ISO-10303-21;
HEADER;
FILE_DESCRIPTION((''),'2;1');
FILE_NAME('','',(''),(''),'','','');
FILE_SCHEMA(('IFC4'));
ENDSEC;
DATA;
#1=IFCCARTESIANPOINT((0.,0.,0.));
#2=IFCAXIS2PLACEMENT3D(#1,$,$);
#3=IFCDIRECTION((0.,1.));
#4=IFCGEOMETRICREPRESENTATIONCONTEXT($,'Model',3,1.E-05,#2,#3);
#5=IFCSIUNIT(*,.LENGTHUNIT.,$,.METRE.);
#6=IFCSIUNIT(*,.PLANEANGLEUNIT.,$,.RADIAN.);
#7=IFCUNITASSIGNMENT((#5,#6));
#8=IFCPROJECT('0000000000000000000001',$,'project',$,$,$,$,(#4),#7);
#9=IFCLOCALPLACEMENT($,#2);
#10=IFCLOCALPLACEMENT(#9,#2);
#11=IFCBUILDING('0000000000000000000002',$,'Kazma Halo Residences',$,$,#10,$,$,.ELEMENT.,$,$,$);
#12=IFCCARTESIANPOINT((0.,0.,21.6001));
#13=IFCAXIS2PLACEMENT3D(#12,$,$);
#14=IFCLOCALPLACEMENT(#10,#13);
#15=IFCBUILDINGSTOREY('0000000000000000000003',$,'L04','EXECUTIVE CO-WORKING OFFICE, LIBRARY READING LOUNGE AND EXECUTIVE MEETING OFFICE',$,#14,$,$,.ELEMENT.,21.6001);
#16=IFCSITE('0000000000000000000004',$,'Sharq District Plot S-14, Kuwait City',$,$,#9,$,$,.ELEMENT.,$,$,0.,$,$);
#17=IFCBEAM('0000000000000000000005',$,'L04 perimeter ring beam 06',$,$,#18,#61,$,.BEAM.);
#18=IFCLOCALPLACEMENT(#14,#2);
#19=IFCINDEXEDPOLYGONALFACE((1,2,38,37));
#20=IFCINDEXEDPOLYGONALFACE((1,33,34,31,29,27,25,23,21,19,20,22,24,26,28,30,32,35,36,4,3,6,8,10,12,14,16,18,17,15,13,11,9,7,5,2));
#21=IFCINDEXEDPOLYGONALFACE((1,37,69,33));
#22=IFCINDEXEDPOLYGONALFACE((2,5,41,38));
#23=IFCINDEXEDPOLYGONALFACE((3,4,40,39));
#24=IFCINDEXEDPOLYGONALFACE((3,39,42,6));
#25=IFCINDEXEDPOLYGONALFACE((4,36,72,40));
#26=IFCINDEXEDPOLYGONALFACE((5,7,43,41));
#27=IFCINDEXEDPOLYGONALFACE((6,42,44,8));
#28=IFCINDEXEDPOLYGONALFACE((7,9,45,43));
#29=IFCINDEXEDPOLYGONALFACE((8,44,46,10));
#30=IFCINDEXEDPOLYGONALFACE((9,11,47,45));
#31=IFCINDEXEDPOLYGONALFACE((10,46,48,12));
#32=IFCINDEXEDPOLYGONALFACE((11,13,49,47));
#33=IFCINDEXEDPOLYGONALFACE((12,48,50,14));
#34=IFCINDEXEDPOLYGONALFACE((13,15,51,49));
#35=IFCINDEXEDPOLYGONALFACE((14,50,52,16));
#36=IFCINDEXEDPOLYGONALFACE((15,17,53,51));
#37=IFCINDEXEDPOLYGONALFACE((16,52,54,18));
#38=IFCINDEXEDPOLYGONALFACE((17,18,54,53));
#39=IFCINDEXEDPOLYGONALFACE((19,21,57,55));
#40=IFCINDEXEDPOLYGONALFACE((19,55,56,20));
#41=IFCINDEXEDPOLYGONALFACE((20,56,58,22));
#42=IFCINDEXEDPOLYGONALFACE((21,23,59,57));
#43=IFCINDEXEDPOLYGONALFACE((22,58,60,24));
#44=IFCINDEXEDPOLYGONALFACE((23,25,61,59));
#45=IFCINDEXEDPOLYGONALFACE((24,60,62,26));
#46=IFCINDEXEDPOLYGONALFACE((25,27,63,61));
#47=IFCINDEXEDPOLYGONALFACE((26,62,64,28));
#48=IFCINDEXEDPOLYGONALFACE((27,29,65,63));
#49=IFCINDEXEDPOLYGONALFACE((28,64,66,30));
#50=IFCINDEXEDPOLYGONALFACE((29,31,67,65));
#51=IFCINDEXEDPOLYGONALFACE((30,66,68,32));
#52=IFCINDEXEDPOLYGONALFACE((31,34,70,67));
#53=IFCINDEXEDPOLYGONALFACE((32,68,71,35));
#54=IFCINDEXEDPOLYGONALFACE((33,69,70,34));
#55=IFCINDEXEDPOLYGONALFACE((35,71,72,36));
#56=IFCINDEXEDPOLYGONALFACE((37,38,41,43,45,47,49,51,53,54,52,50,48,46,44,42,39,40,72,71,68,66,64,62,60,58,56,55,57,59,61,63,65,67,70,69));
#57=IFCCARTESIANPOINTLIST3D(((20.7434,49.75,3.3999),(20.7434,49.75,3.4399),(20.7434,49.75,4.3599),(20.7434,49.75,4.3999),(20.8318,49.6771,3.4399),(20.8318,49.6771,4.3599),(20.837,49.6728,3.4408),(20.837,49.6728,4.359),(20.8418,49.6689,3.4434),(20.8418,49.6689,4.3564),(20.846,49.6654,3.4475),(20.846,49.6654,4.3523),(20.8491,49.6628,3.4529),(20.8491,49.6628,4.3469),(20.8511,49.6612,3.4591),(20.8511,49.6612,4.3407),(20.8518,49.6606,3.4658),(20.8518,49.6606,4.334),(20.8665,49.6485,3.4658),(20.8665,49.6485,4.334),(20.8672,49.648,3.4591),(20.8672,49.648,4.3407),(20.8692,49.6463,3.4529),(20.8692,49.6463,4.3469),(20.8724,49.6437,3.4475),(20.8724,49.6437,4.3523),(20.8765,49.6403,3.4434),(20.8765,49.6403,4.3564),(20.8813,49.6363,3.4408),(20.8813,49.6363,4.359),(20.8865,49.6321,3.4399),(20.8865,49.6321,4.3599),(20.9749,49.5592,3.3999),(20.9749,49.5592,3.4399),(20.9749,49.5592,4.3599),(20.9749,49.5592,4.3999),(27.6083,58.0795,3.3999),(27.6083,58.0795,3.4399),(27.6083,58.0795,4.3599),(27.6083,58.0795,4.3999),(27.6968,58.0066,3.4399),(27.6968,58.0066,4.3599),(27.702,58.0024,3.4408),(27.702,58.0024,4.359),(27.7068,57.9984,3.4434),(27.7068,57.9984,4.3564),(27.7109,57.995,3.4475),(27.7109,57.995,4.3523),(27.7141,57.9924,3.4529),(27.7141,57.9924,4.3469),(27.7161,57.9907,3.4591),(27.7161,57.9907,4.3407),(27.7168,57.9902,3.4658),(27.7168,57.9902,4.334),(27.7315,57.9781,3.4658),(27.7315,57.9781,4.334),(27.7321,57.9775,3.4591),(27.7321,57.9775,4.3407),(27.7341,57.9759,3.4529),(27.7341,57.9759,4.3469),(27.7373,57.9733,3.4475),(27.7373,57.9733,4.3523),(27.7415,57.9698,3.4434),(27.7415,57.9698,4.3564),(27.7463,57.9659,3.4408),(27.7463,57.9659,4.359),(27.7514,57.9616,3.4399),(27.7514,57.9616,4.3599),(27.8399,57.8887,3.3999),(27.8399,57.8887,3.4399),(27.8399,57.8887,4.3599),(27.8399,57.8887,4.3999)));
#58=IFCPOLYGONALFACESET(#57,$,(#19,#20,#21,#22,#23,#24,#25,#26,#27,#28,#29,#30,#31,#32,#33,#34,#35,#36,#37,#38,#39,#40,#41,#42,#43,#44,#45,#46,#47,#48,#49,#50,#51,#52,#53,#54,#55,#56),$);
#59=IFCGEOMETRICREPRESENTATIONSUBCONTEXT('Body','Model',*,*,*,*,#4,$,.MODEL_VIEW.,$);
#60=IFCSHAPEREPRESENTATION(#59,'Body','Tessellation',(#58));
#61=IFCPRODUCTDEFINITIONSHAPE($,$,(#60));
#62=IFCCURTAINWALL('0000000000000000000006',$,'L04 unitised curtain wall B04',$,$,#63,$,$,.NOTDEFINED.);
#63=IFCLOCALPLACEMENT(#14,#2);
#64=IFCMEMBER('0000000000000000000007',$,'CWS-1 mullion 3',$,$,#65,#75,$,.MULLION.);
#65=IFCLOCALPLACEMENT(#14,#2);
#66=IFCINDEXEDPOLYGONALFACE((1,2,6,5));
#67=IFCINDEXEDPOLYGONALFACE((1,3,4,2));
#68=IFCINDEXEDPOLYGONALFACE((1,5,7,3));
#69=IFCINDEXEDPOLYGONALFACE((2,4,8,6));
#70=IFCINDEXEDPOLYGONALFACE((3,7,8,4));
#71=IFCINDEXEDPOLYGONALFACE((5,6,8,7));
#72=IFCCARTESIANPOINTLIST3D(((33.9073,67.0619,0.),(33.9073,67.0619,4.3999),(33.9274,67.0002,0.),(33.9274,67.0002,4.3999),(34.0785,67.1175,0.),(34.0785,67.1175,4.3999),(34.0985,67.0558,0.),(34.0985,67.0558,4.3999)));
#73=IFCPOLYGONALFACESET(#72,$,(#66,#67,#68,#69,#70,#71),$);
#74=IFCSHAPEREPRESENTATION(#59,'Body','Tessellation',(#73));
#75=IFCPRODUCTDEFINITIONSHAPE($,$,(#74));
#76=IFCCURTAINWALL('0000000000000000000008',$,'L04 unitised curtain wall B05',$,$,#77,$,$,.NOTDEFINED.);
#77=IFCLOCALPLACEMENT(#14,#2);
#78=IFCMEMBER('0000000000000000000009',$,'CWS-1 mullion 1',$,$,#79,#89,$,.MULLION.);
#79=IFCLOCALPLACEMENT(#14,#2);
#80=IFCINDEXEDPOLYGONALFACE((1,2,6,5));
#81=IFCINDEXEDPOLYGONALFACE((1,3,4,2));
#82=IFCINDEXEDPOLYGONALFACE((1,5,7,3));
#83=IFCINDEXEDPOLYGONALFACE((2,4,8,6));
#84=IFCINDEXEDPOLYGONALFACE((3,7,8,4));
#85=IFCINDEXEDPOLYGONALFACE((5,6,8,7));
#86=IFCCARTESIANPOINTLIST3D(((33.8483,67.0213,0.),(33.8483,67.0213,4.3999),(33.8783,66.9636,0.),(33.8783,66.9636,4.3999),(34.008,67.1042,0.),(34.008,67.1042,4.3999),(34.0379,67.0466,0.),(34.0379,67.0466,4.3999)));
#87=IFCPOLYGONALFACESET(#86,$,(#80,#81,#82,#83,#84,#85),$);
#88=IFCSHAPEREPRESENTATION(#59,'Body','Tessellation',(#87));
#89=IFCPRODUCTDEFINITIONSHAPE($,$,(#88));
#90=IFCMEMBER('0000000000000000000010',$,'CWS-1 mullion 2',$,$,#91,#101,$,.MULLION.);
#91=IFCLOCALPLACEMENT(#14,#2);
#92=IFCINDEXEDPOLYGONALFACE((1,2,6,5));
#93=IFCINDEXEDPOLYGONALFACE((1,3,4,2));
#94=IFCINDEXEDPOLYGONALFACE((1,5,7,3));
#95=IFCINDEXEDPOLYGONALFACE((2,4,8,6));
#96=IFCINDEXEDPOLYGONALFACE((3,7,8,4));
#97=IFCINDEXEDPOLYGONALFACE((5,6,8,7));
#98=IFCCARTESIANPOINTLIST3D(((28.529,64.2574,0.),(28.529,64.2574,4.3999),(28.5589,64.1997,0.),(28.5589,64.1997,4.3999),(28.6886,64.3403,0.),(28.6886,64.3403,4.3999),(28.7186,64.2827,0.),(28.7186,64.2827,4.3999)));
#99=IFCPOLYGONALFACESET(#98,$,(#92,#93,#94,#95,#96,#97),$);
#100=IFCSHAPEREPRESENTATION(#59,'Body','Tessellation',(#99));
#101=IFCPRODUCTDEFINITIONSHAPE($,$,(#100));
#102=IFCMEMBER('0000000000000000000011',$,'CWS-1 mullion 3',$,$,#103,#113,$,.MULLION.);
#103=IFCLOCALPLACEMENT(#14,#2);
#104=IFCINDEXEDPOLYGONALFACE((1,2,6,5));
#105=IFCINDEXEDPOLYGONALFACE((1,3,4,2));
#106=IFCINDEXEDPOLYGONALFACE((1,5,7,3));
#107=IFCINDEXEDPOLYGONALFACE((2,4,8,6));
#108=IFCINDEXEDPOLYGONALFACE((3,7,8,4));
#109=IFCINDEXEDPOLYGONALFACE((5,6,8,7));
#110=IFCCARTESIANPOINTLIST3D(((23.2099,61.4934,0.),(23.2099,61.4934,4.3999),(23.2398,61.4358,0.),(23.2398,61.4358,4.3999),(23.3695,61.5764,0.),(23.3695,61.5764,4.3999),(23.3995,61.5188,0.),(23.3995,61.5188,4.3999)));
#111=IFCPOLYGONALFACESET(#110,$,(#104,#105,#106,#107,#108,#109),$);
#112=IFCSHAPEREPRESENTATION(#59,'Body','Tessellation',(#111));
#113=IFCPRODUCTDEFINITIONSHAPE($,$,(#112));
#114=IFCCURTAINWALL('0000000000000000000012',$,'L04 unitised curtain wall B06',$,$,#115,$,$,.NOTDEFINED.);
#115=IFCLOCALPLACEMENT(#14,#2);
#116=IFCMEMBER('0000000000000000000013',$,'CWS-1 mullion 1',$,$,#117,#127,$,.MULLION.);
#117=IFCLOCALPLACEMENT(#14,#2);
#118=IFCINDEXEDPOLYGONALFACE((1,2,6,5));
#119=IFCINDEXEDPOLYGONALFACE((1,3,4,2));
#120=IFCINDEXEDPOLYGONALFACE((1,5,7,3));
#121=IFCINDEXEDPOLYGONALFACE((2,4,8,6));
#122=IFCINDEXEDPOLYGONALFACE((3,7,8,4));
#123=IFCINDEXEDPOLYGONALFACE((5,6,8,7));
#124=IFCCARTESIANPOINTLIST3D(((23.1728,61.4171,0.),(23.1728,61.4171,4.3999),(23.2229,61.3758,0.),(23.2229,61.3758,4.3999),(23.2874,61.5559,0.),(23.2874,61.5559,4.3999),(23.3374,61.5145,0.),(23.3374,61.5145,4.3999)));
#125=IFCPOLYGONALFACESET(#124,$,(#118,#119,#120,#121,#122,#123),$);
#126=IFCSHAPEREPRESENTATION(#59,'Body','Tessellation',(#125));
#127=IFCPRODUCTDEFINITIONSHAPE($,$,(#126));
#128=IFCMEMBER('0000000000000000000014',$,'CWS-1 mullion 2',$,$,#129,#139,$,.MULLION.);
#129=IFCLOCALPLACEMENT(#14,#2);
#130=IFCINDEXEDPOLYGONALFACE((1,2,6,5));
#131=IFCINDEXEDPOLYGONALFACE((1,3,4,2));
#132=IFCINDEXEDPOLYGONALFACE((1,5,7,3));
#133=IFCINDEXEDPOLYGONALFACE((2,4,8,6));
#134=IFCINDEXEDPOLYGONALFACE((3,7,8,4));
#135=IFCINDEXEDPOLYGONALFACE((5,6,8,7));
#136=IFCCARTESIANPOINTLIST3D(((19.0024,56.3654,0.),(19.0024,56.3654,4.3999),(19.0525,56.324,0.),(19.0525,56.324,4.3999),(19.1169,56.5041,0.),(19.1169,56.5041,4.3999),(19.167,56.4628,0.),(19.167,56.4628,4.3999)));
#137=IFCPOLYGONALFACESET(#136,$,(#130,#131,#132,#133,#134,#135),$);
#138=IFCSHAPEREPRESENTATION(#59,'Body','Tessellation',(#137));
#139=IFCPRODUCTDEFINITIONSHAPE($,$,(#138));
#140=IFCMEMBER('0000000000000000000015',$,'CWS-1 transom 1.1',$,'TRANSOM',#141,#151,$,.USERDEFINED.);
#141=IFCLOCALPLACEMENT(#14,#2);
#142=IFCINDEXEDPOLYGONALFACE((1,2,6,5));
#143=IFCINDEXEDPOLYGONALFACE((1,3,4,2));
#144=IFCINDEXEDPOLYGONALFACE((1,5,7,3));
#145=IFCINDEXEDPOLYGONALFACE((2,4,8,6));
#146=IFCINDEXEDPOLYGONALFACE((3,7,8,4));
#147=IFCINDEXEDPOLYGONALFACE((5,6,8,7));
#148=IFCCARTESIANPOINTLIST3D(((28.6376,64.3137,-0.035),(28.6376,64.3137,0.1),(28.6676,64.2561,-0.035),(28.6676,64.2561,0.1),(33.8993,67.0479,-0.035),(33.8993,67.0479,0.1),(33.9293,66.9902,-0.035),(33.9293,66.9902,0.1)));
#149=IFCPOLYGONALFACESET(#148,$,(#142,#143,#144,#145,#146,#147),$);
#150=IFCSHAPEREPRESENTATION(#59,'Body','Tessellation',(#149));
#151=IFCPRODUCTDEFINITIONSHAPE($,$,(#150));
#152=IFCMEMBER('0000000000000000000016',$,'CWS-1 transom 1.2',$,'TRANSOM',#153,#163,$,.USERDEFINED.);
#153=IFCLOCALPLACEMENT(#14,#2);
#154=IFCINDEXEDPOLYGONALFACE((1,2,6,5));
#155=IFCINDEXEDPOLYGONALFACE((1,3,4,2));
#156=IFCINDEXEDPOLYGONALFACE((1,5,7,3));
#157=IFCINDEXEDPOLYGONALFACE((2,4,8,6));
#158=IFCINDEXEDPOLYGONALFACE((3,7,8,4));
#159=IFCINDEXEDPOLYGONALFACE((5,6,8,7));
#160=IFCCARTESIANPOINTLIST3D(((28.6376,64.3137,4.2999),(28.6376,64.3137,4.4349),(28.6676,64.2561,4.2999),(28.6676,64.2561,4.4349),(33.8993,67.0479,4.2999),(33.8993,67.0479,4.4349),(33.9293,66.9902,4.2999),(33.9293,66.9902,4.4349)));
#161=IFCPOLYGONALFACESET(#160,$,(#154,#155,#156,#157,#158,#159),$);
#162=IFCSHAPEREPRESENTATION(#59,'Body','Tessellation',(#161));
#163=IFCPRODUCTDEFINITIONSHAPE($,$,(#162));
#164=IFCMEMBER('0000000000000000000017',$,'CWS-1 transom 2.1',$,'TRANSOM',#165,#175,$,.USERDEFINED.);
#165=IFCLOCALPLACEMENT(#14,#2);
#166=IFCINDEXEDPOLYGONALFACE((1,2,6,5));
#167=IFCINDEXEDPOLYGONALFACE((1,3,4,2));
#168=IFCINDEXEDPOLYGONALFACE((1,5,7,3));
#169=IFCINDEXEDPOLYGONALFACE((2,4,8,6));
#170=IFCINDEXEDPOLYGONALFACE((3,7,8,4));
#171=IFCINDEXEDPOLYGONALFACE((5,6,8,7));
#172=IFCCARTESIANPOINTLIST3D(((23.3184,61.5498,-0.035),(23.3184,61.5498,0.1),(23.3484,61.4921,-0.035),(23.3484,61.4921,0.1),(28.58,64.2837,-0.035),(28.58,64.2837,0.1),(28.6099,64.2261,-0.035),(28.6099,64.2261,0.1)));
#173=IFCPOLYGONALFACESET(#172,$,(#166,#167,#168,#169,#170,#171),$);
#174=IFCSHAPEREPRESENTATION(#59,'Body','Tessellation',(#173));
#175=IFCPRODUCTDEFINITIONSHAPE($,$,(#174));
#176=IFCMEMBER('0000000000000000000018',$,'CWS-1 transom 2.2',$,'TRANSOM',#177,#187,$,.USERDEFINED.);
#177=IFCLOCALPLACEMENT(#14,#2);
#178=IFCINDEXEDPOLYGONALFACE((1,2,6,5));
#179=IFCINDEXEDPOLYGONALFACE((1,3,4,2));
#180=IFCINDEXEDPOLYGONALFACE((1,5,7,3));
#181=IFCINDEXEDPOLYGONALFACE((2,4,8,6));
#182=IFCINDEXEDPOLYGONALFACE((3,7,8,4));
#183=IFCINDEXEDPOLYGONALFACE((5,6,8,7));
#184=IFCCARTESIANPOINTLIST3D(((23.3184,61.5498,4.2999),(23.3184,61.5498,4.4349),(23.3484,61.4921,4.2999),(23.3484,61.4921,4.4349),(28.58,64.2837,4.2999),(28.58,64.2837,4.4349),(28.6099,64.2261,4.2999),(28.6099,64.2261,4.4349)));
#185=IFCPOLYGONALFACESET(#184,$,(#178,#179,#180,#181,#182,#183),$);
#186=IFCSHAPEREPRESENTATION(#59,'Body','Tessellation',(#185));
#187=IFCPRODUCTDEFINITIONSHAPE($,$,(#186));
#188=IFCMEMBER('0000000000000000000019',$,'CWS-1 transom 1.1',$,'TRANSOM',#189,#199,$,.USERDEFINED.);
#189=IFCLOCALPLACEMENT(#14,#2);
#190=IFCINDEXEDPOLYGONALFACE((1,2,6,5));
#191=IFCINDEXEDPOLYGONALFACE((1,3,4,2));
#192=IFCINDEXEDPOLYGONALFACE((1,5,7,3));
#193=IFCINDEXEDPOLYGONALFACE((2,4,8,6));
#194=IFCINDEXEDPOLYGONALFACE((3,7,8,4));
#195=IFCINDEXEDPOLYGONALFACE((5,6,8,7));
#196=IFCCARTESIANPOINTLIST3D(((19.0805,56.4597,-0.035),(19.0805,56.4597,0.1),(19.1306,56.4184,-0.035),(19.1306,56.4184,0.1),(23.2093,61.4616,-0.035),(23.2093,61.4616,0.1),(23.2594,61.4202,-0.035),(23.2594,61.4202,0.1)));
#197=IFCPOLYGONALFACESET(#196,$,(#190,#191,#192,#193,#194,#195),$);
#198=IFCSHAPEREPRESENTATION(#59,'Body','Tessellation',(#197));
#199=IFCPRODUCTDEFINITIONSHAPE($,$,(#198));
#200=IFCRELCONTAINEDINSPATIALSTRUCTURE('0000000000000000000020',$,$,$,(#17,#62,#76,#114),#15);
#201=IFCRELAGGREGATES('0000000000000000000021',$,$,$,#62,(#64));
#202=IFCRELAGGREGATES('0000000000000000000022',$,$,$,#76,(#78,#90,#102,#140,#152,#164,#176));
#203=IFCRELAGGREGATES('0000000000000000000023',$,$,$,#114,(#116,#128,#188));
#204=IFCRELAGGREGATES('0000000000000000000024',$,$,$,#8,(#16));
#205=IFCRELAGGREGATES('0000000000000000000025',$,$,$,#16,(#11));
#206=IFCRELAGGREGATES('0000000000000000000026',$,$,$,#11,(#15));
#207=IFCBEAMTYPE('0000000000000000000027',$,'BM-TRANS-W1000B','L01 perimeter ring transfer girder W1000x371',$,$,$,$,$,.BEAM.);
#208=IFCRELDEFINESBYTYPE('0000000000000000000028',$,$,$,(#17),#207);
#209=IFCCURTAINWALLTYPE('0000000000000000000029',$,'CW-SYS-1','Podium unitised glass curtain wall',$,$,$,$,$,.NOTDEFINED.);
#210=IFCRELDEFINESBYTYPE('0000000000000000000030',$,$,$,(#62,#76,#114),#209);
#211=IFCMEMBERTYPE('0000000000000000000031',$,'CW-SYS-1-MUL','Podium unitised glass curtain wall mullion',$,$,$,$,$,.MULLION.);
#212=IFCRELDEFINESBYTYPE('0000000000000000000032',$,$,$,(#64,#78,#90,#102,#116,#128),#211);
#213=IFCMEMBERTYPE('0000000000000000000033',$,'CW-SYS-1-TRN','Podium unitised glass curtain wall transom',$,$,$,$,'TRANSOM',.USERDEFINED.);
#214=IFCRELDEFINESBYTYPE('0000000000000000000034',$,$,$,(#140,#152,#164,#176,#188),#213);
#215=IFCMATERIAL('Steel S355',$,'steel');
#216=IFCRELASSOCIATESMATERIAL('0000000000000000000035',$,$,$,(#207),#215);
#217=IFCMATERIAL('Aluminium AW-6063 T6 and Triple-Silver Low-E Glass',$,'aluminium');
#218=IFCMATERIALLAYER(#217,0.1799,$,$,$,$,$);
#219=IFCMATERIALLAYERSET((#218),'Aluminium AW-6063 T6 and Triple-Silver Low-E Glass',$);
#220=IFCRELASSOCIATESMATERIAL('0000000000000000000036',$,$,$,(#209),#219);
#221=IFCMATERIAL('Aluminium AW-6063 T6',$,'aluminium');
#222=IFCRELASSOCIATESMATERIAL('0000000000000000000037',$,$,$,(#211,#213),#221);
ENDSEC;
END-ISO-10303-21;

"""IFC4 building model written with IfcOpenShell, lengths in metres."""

from ifc_helpers import new_model, si_unit, direction, frame, origin, origin_2d, place, context, subcontext, project, spatial, rectangle, i_section, extrude, material, layer, layer_set, material_profile, profile_set, type_object, element, aggregate, save


model = new_model("IFC4")

# Units and contexts
model_context = context("Model", 3, precision=1e-05, world=origin(), true_north=direction((0.0, 1.0)))
body_context = subcontext(model_context, "Body", "Model", "MODEL_VIEW")
ifc_project = project(units=[si_unit("LENGTHUNIT", "METRE"), si_unit("PLANEANGLEUNIT", "RADIAN")], contexts=[model_context])

# Site, building, storey
site_placement = place(None, origin())
site = spatial("IfcSite", under=ifc_project, at=site_placement, Name="Sharq District Plot S-14, Kuwait City", CompositionType="ELEMENT", RefElevation=0.0)
building_placement = place(site_placement, origin())
building = spatial("IfcBuilding", under=site, at=building_placement, Name="Kazma Halo Residences", CompositionType="ELEMENT")
storey_placement = place(building_placement, frame((0.0, 0.0, 21.6001)))
storey = spatial("IfcBuildingStorey", under=building, at=storey_placement, Name="L04", Description="EXECUTIVE CO-WORKING OFFICE, LIBRARY READING LOUNGE AND EXECUTIVE MEETING OFFICE", CompositionType="ELEMENT", Elevation=21.6001)

# Beam
ifc_material_1 = material(Name="Steel S355", Category="steel")
ifc_material_profile_1 = material_profile(ifc_material_1, i_section(OverallWidth=0.3, OverallDepth=1.0, WebThickness=0.019, FlangeThickness=0.04, FilletRadius=0.0259, at=origin_2d()), Name="W1000x371")
ifc_profile_set_1 = profile_set([ifc_material_profile_1], Name="Steel S355")
beam_type = type_object("IfcBeamType", Name="BM-TRANS-W1000B", Description="L01 perimeter ring transfer girder W1000x371", PredefinedType="BEAM", material=ifc_profile_set_1)
beam_1_placement = place(storey_placement, frame((27.7241, 57.9841, 3.8999), z_axis=(-0.636001, -0.771688, 0.0), x_axis=(0.771688, -0.636001, 0.0)))
element("IfcBeam", 1, at=beam_1_placement, inside=storey, type_object=beam_type, Name="L04 perimeter ring beam 06", PredefinedType="BEAM", context=body_context, shape_type="SweptSolid", body=[
    extrude(i_section(OverallWidth=0.3, OverallDepth=1.0, WebThickness=0.019, FlangeThickness=0.04, FilletRadius=0.0259, at=origin_2d()), origin(), (0.0, 0.0, 1.0), 10.7939),
])

# Curtain wall, member
ifc_material_2 = material(Name="Aluminium AW-6063 T6 and Triple-Silver Low-E Glass", Category="aluminium")
ifc_layer_1 = layer(ifc_material_2, 0.1799)
ifc_layer_set_1 = layer_set([ifc_layer_1], Name="Aluminium AW-6063 T6 and Triple-Silver Low-E Glass")
curtain_wall_type = type_object("IfcCurtainWallType", Name="CW-SYS-1", Description="Podium unitised glass curtain wall", PredefinedType="NOTDEFINED", material=ifc_layer_set_1)
curtain_wall_1_placement = place(storey_placement, origin())
curtain_wall_1 = element("IfcCurtainWall", 2, at=curtain_wall_1_placement, inside=storey, type_object=curtain_wall_type, Name="L04 unitised curtain wall B04", PredefinedType="NOTDEFINED")
ifc_material_3 = material(Name="Aluminium AW-6063 T6", Category="aluminium")
ifc_material_profile_2 = material_profile(ifc_material_3, rectangle(XDim=0.0649, YDim=0.1799, at=origin_2d()), Name="CWM-65x180")
ifc_profile_set_2 = profile_set([ifc_material_profile_2], Name="Aluminium AW-6063 T6")
member_type_1 = type_object("IfcMemberType", Name="CW-SYS-1-MUL", Description="Podium unitised glass curtain wall mullion", PredefinedType="MULLION", material=ifc_profile_set_2)
member_1_placement = place(storey_placement, frame((34.0029, 67.0588, 0.0), z_axis=(0.0, 0.0, 1.0), x_axis=(0.309017, -0.951056, 0.0)))
member_1 = element("IfcMember", 3, at=member_1_placement, type_object=member_type_1, Name="CWS-1 mullion 3", PredefinedType="MULLION", context=body_context, shape_type="SweptSolid", body=[
    extrude(rectangle(XDim=0.0649, YDim=0.1799, at=origin_2d()), origin(), (0.0, 0.0, 1.0), 4.3999),
])

# Curtain walls, members
curtain_wall_2_placement = place(storey_placement, origin())
curtain_wall_2 = element("IfcCurtainWall", 4, at=curtain_wall_2_placement, inside=storey, type_object=curtain_wall_type, Name="L04 unitised curtain wall B05", PredefinedType="NOTDEFINED")
member_2_placement = place(storey_placement, frame((33.9431, 67.0339, 0.0), z_axis=(0.0, 0.0, 1.0), x_axis=(0.461087, -0.887355, 0.0)))
member_2 = element("IfcMember", 5, at=member_2_placement, type_object=member_type_1, Name="CWS-1 mullion 1", PredefinedType="MULLION", context=body_context, shape_type="SweptSolid", body=[
    extrude(rectangle(XDim=0.0649, YDim=0.1799, at=origin_2d()), origin(), (0.0, 0.0, 1.0), 4.3999),
])
member_3_placement = place(storey_placement, frame((28.6238, 64.27, 0.0), z_axis=(0.0, 0.0, 1.0), x_axis=(0.461087, -0.887355, 0.0)))
member_3 = element("IfcMember", 6, at=member_3_placement, type_object=member_type_1, Name="CWS-1 mullion 2", PredefinedType="MULLION", context=body_context, shape_type="SweptSolid", body=[
    extrude(rectangle(XDim=0.0649, YDim=0.1799, at=origin_2d()), origin(), (0.0, 0.0, 1.0), 4.3999),
])
member_4_placement = place(storey_placement, frame((23.3047, 61.5061, 0.0), z_axis=(0.0, 0.0, 1.0), x_axis=(0.461087, -0.887355, 0.0)))
member_4 = element("IfcMember", 7, at=member_4_placement, type_object=member_type_1, Name="CWS-1 mullion 3", PredefinedType="MULLION", context=body_context, shape_type="SweptSolid", body=[
    extrude(rectangle(XDim=0.0649, YDim=0.1799, at=origin_2d()), origin(), (0.0, 0.0, 1.0), 4.3999),
])
curtain_wall_3_placement = place(storey_placement, origin())
curtain_wall_3 = element("IfcCurtainWall", 8, at=curtain_wall_3_placement, inside=storey, type_object=curtain_wall_type, Name="L04 unitised curtain wall B06", PredefinedType="NOTDEFINED")
member_5_placement = place(storey_placement, frame((23.2551, 61.4658, 0.0), z_axis=(0.0, 0.0, 1.0), x_axis=(0.771192, -0.636603, 0.0)))
member_5 = element("IfcMember", 9, at=member_5_placement, type_object=member_type_1, Name="CWS-1 mullion 1", PredefinedType="MULLION", context=body_context, shape_type="SweptSolid", body=[
    extrude(rectangle(XDim=0.0649, YDim=0.1799, at=origin_2d()), origin(), (0.0, 0.0, 1.0), 4.3999),
])
member_6_placement = place(storey_placement, frame((19.0847, 56.4141, 0.0), z_axis=(0.0, 0.0, 1.0), x_axis=(0.771192, -0.636603, 0.0)))
member_6 = element("IfcMember", 10, at=member_6_placement, type_object=member_type_1, Name="CWS-1 mullion 2", PredefinedType="MULLION", context=body_context, shape_type="SweptSolid", body=[
    extrude(rectangle(XDim=0.0649, YDim=0.1799, at=origin_2d()), origin(), (0.0, 0.0, 1.0), 4.3999),
])

# Members
ifc_material_profile_3 = material_profile(ifc_material_3, rectangle(XDim=0.0649, YDim=0.135, at=origin_2d()), Name="CWT-65x135")
ifc_profile_set_3 = profile_set([ifc_material_profile_3], Name="Aluminium AW-6063 T6")
member_type_2 = type_object("IfcMemberType", Name="CW-SYS-1-TRN", Description="Podium unitised glass curtain wall transom", ElementType="TRANSOM", PredefinedType="USERDEFINED", material=ifc_profile_set_3)
member_7_placement = place(storey_placement, frame((33.9143, 67.019, 0.0325), z_axis=(-0.887352, -0.461092, 0.0), x_axis=(0.461092, -0.887352, 0.0)))
member_7 = element("IfcMember", 11, at=member_7_placement, type_object=member_type_2, Name="CWS-1 transom 1.1", ObjectType="TRANSOM", PredefinedType="USERDEFINED", context=body_context, shape_type="SweptSolid", body=[
    extrude(rectangle(XDim=0.0649, YDim=0.135, at=origin_2d()), origin(), (0.0, 0.0, 1.0), 5.9297),
])
member_8_placement = place(storey_placement, frame((33.9143, 67.019, 4.3674), z_axis=(-0.887352, -0.461092, 0.0), x_axis=(0.461092, -0.887352, 0.0)))
member_8 = element("IfcMember", 12, at=member_8_placement, type_object=member_type_2, Name="CWS-1 transom 1.2", ObjectType="TRANSOM", PredefinedType="USERDEFINED", context=body_context, shape_type="SweptSolid", body=[
    extrude(rectangle(XDim=0.0649, YDim=0.135, at=origin_2d()), origin(), (0.0, 0.0, 1.0), 5.9297),
])
member_9_placement = place(storey_placement, frame((28.595, 64.2549, 0.0325), z_axis=(-0.88736, -0.461077, 0.0), x_axis=(0.461077, -0.88736, 0.0)))
member_9 = element("IfcMember", 13, at=member_9_placement, type_object=member_type_2, Name="CWS-1 transom 2.1", ObjectType="TRANSOM", PredefinedType="USERDEFINED", context=body_context, shape_type="SweptSolid", body=[
    extrude(rectangle(XDim=0.0649, YDim=0.135, at=origin_2d()), origin(), (0.0, 0.0, 1.0), 5.9294),
])
member_10_placement = place(storey_placement, frame((28.595, 64.2549, 4.3674), z_axis=(-0.88736, -0.461077, 0.0), x_axis=(0.461077, -0.88736, 0.0)))
member_10 = element("IfcMember", 14, at=member_10_placement, type_object=member_type_2, Name="CWS-1 transom 2.2", ObjectType="TRANSOM", PredefinedType="USERDEFINED", context=body_context, shape_type="SweptSolid", body=[
    extrude(rectangle(XDim=0.0649, YDim=0.135, at=origin_2d()), origin(), (0.0, 0.0, 1.0), 5.9294),
])
member_11_placement = place(storey_placement, frame((23.2344, 61.4409, 0.0325), z_axis=(-0.636593, -0.7712, 0.0), x_axis=(0.7712, -0.636593, 0.0)))
member_11 = element("IfcMember", 15, at=member_11_placement, type_object=member_type_2, Name="CWS-1 transom 1.1", ObjectType="TRANSOM", PredefinedType="USERDEFINED", context=body_context, shape_type="SweptSolid", body=[
    extrude(rectangle(XDim=0.0649, YDim=0.135, at=origin_2d()), origin(), (0.0, 0.0, 1.0), 6.4858),
])

aggregate(curtain_wall_1, [member_1])
aggregate(curtain_wall_2, [member_2, member_3, member_4, member_7, member_8, member_9, member_10])
aggregate(curtain_wall_3, [member_5, member_6, member_11])

save(model, "model.ifc")
